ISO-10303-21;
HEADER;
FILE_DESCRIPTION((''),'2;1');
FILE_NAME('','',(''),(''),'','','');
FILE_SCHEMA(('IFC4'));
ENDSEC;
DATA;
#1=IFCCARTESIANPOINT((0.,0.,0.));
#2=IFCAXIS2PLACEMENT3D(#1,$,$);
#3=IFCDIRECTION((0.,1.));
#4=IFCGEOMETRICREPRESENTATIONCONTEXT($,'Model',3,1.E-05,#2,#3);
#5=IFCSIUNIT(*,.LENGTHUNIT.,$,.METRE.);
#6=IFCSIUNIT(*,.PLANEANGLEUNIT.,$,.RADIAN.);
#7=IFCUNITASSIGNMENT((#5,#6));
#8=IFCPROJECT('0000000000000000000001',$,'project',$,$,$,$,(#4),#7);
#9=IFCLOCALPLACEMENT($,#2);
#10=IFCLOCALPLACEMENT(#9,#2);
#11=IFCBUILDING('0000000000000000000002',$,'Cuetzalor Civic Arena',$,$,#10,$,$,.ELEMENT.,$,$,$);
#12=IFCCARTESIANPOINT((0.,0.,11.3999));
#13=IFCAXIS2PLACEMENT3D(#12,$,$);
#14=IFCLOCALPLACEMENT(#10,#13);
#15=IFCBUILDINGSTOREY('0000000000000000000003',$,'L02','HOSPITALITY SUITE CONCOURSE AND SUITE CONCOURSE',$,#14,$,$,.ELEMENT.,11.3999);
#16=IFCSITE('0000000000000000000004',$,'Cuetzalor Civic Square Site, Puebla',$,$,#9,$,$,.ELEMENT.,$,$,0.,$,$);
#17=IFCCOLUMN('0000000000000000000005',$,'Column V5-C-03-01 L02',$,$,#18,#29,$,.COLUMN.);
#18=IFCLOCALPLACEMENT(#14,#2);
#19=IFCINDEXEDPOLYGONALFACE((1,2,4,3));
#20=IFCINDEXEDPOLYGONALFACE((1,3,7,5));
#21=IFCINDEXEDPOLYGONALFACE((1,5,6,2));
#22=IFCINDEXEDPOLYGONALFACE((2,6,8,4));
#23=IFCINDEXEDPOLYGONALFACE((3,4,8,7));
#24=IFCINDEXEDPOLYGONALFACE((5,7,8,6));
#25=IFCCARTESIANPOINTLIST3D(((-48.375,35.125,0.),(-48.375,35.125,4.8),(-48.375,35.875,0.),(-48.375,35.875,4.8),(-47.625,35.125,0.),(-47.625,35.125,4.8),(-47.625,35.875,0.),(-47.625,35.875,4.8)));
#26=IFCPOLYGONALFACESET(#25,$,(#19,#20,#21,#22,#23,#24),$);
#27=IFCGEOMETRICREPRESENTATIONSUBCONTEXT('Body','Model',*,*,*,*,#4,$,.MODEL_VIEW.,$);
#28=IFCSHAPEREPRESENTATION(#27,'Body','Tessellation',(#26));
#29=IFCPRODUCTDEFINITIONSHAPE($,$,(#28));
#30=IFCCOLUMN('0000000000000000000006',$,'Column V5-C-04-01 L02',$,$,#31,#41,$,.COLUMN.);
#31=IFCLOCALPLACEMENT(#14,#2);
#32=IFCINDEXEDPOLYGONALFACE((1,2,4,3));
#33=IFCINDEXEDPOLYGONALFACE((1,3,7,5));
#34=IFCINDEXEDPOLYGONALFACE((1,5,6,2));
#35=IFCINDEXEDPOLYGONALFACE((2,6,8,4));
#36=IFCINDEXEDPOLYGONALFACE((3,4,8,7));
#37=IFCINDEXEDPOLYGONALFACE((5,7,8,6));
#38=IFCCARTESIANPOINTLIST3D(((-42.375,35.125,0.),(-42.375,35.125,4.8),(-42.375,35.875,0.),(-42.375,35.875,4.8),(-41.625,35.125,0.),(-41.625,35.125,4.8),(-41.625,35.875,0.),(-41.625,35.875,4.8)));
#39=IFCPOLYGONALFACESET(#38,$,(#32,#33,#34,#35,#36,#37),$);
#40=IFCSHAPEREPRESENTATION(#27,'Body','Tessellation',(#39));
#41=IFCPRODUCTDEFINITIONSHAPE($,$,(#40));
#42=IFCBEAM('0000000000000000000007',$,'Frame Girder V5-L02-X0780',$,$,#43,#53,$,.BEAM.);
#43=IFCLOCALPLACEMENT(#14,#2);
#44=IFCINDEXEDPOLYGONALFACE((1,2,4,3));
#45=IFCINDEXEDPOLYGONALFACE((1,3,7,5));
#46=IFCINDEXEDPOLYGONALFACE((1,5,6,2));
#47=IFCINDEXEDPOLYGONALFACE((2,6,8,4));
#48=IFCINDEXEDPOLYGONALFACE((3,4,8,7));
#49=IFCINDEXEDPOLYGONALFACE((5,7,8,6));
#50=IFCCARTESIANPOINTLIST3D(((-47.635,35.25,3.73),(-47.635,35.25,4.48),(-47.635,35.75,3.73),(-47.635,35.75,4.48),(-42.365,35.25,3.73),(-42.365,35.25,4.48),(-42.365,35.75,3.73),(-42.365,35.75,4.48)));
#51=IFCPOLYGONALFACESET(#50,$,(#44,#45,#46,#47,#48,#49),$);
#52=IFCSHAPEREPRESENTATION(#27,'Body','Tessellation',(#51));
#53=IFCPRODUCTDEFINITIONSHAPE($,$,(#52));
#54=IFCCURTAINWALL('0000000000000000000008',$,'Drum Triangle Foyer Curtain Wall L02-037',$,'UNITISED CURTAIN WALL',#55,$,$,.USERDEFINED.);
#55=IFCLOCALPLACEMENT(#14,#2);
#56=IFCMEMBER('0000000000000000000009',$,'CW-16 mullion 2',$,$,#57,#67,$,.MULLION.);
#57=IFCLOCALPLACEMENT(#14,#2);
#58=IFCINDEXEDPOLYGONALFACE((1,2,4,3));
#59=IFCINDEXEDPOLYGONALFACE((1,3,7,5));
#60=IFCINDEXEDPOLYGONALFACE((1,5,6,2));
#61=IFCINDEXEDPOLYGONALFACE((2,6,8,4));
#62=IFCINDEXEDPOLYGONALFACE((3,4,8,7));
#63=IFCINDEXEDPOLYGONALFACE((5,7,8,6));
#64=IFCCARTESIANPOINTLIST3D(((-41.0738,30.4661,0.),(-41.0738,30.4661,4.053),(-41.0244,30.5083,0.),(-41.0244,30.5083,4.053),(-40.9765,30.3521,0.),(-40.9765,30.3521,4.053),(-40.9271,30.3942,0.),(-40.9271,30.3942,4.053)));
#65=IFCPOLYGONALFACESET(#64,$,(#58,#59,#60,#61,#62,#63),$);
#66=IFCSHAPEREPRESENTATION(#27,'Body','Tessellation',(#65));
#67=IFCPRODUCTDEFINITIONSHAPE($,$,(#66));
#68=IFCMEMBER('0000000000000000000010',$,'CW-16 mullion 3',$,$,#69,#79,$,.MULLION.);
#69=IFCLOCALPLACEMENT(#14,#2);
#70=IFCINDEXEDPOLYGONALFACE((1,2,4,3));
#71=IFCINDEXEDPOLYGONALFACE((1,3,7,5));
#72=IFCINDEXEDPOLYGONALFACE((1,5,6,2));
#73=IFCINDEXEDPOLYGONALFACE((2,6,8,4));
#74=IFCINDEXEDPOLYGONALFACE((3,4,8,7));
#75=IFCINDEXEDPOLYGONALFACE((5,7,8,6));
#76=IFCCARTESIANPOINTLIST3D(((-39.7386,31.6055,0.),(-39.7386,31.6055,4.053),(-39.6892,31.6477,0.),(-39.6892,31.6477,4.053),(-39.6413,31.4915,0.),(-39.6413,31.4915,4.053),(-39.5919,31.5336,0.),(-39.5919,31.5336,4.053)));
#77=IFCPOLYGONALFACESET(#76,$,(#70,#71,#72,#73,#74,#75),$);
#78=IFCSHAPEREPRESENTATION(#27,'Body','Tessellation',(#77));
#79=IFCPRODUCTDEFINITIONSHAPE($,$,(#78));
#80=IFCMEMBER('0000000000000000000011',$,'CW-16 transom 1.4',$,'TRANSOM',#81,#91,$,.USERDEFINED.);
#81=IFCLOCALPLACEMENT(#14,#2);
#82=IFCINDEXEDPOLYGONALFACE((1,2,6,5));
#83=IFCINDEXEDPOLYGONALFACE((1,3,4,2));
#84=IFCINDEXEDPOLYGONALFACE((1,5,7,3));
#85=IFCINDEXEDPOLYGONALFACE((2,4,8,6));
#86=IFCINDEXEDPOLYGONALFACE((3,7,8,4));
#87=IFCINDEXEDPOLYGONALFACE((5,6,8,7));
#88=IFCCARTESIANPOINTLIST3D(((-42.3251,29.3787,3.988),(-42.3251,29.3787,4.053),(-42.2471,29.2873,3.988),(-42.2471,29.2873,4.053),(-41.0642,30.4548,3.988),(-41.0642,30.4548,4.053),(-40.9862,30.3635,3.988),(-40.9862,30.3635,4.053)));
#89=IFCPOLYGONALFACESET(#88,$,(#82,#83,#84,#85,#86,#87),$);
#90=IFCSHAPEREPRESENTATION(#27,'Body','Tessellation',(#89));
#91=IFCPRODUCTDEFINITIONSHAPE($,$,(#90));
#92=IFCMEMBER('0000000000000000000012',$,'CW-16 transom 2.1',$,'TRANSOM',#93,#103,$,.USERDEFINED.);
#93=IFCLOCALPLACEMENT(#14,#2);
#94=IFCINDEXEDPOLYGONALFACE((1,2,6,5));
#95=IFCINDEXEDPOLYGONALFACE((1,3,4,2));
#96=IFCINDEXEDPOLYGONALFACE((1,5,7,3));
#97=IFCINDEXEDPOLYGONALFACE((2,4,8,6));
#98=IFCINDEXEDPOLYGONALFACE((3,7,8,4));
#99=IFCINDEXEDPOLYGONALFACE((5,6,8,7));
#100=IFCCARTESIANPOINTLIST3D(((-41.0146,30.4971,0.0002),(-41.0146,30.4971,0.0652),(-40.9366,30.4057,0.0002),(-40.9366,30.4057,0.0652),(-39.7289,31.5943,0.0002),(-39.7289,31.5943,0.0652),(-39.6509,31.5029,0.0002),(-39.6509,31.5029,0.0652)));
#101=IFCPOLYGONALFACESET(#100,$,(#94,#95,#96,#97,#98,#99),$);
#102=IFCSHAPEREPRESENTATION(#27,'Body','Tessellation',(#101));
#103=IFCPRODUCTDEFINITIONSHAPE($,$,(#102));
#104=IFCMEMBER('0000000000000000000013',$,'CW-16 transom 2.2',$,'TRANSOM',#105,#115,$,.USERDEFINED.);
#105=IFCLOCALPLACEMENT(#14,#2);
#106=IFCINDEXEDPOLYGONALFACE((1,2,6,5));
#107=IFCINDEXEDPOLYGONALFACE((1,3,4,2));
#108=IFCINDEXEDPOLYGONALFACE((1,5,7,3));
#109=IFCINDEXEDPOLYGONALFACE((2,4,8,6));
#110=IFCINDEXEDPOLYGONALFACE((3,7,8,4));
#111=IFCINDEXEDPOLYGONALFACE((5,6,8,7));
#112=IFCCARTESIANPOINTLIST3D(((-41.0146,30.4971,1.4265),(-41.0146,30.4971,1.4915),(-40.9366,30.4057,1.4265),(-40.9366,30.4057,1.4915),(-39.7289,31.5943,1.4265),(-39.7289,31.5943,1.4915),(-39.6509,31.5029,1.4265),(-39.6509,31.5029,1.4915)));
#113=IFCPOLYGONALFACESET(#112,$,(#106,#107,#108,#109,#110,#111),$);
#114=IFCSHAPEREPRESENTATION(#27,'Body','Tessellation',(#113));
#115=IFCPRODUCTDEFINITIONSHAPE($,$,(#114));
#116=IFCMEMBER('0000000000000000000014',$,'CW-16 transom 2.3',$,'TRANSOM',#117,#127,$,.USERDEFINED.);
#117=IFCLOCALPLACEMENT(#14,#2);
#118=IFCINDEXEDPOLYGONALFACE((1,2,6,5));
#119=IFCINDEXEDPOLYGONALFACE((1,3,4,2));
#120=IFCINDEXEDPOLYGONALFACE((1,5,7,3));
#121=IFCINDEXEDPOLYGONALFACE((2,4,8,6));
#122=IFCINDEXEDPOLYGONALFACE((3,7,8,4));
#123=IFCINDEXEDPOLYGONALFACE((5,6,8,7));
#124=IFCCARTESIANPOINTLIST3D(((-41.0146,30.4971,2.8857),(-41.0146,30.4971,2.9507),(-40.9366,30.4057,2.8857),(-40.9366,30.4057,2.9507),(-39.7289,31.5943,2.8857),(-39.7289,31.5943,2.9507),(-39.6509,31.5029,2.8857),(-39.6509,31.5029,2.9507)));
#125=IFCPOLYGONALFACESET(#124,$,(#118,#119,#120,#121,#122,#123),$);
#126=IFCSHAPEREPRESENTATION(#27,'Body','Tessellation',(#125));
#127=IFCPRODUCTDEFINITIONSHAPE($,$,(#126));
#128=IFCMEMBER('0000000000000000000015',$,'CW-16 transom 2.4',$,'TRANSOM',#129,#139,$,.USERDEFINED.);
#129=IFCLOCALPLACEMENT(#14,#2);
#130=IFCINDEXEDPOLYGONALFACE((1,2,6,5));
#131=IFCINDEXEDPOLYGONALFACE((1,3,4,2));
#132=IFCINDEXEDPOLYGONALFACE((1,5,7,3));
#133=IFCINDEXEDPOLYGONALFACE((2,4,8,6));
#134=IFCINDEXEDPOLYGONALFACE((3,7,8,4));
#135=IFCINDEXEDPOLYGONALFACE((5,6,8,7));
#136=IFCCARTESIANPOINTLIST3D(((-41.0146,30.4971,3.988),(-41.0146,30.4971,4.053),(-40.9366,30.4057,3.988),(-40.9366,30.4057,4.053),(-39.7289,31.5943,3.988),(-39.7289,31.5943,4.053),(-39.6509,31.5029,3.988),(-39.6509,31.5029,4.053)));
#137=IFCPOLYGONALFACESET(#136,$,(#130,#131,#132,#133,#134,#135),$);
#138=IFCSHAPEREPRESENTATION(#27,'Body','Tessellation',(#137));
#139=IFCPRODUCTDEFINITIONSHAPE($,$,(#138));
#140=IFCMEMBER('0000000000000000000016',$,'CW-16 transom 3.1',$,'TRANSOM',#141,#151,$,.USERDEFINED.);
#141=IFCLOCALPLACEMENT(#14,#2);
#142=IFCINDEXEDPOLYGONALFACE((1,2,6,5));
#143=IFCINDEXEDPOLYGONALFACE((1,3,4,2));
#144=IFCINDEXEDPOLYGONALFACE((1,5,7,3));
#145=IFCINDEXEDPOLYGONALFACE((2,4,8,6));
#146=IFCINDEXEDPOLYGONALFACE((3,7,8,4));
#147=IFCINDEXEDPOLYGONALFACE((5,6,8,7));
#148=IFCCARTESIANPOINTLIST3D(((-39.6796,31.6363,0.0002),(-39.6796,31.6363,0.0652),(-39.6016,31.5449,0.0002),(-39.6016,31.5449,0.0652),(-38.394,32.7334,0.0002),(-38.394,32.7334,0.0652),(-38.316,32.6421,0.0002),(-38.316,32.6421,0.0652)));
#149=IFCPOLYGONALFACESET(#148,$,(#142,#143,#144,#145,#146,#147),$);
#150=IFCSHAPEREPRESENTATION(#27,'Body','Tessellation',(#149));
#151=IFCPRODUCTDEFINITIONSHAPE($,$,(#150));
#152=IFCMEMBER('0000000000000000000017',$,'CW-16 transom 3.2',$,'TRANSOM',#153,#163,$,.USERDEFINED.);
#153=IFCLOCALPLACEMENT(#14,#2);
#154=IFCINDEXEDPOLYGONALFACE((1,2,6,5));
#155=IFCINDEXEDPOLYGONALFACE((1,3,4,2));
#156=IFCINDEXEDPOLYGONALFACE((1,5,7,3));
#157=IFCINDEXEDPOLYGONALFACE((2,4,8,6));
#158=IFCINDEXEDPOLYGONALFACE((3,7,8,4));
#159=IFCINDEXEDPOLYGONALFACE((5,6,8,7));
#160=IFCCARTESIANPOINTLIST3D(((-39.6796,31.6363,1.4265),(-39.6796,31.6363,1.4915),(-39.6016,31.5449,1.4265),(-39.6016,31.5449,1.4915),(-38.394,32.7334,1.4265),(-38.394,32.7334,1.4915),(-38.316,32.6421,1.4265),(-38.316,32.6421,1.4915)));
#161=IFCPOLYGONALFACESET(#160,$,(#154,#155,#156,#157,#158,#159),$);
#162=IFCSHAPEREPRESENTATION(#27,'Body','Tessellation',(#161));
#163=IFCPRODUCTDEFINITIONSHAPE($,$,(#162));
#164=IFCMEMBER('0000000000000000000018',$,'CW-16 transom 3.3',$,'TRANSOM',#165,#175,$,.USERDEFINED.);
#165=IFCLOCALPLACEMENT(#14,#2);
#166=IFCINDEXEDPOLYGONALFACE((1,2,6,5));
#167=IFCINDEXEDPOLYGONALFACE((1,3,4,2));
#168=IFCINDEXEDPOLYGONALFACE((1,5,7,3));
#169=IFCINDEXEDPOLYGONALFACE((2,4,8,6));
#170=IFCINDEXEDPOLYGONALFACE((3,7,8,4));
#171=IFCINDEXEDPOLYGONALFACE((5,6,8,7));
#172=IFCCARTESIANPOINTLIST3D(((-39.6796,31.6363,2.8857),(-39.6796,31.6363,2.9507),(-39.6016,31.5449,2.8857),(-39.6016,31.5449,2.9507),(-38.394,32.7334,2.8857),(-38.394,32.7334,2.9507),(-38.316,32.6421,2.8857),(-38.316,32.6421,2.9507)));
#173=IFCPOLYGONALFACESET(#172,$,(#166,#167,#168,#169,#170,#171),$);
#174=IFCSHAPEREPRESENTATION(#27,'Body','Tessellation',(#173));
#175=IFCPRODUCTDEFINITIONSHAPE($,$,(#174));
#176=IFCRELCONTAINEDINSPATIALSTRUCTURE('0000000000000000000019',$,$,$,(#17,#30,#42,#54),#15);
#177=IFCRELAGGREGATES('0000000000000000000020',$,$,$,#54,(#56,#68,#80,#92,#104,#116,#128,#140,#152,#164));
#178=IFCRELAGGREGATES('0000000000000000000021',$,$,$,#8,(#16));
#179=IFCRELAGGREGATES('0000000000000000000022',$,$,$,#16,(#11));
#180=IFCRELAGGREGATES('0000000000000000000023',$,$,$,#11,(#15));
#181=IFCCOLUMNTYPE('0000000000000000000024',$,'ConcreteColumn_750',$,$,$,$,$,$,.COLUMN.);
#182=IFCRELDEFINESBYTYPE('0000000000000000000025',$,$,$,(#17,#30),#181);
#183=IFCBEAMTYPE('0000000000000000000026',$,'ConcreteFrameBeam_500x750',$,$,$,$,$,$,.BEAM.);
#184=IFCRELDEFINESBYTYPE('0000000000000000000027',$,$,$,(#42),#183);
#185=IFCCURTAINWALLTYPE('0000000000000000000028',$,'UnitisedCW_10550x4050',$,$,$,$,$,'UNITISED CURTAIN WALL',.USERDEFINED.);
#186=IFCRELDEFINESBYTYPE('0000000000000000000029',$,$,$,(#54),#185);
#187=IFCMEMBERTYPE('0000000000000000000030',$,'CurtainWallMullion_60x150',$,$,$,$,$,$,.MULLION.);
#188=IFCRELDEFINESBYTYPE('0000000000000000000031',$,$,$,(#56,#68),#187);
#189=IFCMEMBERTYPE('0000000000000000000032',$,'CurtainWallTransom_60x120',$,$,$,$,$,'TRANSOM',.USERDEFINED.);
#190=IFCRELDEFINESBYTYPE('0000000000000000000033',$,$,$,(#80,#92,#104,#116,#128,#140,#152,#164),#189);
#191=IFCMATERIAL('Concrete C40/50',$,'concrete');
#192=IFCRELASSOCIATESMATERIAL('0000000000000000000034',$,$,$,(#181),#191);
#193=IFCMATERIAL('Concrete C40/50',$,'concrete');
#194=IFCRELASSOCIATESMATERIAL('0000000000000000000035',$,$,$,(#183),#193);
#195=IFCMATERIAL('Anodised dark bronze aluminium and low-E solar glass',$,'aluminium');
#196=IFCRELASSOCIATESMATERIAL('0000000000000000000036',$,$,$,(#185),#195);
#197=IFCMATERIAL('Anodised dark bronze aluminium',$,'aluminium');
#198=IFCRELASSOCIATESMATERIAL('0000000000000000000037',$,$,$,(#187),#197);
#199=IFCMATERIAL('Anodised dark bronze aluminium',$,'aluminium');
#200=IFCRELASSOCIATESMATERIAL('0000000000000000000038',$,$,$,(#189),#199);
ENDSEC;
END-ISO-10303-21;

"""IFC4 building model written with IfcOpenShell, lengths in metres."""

from ifc_helpers import new_model, si_unit, direction, frame, origin, origin_2d, place, context, subcontext, project, spatial, rectangle, extrude, material, material_profile, profile_set, type_object, element, aggregate, save


model = new_model("IFC4")

# Units and contexts
model_context = context("Model", 3, precision=1e-05, world=origin(), true_north=direction((0.0, 1.0)))
body_context = subcontext(model_context, "Body", "Model", "MODEL_VIEW")
ifc_project = project(units=[si_unit("LENGTHUNIT", "METRE"), si_unit("PLANEANGLEUNIT", "RADIAN")], contexts=[model_context])

# Site, building, storey
site_placement = place(None, origin())
site = spatial("IfcSite", under=ifc_project, at=site_placement, Name="Cuetzalor Civic Square Site, Puebla", CompositionType="ELEMENT", RefElevation=0.0)
building_placement = place(site_placement, origin())
building = spatial("IfcBuilding", under=site, at=building_placement, Name="Cuetzalor Civic Arena", CompositionType="ELEMENT")
storey_placement = place(building_placement, frame((0.0, 0.0, 11.3999)))
storey = spatial("IfcBuildingStorey", under=building, at=storey_placement, Name="L02", Description="HOSPITALITY SUITE CONCOURSE AND SUITE CONCOURSE", CompositionType="ELEMENT", Elevation=11.3999)

# Columns
ifc_material_1 = material(Name="Concrete C40/50", Category="concrete")
ifc_material_profile_1 = material_profile(ifc_material_1, rectangle(XDim=0.75, YDim=0.75, at=origin_2d()), Name="RC 750x750")
ifc_profile_set_1 = profile_set([ifc_material_profile_1], Name="Concrete C40/50")
column_type = type_object("IfcColumnType", Name="ConcreteColumn_750", PredefinedType="COLUMN", material=ifc_profile_set_1)
for number, where, z_axis, x_axis, name in (
    (1, (-48.0, 35.5, 0.0), (0.0, 0.0, 1.0), (1.0, 0.0, 0.0), "Column V5-C-03-01 L02"),
    (2, (-42.0, 35.5, 0.0), (0.0, 0.0, 1.0), (1.0, 0.0, 0.0), "Column V5-C-04-01 L02"),
):
    element("IfcColumn", number, at=place(storey_placement, frame(where, z_axis=z_axis, x_axis=x_axis)), inside=storey, type_object=column_type, Name=name, PredefinedType="COLUMN", context=body_context, shape_type="SweptSolid", body=[
        extrude(rectangle(XDim=0.75, YDim=0.75, at=origin_2d()), origin(), (0.0, 0.0, 1.0), 4.8),
    ])

# Beam
ifc_material_2 = material(Name="Concrete C40/50", Category="concrete")
ifc_material_profile_2 = material_profile(ifc_material_2, rectangle(XDim=0.5, YDim=0.75, at=origin_2d()), Name="RC 500x750")
ifc_profile_set_2 = profile_set([ifc_material_profile_2], Name="Concrete C40/50")
beam_type_1 = type_object("IfcBeamType", Name="ConcreteFrameBeam_500x750", PredefinedType="BEAM", material=ifc_profile_set_2)
beam_1_placement = place(storey_placement, frame((-47.635, 35.5, 4.105), z_axis=(1.0, 0.0, 0.0), x_axis=(0.0, 1.0, 0.0)))
element("IfcBeam", 3, at=beam_1_placement, inside=storey, type_object=beam_type_1, Name="Frame Girder V5-L02-X0780", PredefinedType="BEAM", context=body_context, shape_type="SweptSolid", body=[
    extrude(rectangle(XDim=0.5, YDim=0.75, at=origin_2d()), origin(), (0.0, 0.0, 1.0), 5.27),
])

# Curtain wall, members
ifc_material_3 = material(Name="Anodised dark bronze aluminium and low-E solar glass", Category="aluminium")
curtain_wall_type = type_object("IfcCurtainWallType", Name="UnitisedCW_10550x4050", ElementType="UNITISED CURTAIN WALL", PredefinedType="USERDEFINED", material=ifc_material_3)
curtain_wall_placement = place(storey_placement, origin())
curtain_wall = element("IfcCurtainWall", 4, at=curtain_wall_placement, inside=storey, type_object=curtain_wall_type, Name="Drum Triangle Foyer Curtain Wall L02-037", ObjectType="UNITISED CURTAIN WALL", PredefinedType="USERDEFINED")
ifc_material_4 = material(Name="Anodised dark bronze aluminium", Category="aluminium")
ifc_material_profile_3 = material_profile(ifc_material_4, rectangle(XDim=0.0649, YDim=0.1499, at=origin_2d()), Name="ALU MULLION 65x150")
ifc_profile_set_3 = profile_set([ifc_material_profile_3], Name="Anodised dark bronze aluminium")
member_type_1 = type_object("IfcMemberType", Name="CurtainWallMullion_60x150", PredefinedType="MULLION", material=ifc_profile_set_3)
member_1_placement = place(storey_placement, frame((-41.0005, 30.4302, 0.0), z_axis=(0.0, 0.0, 1.0), x_axis=(0.760677, 0.64913, 0.0)))
member_1 = element("IfcMember", 5, at=member_1_placement, type_object=member_type_1, Name="CW-16 mullion 2", PredefinedType="MULLION", context=body_context, shape_type="SweptSolid", body=[
    extrude(rectangle(XDim=0.0649, YDim=0.1499, at=origin_2d()), origin(), (0.0, 0.0, 1.0), 4.053),
])
member_2_placement = place(storey_placement, frame((-39.6653, 31.5696, 0.0), z_axis=(0.0, 0.0, 1.0), x_axis=(0.760677, 0.64913, 0.0)))
member_2 = element("IfcMember", 6, at=member_2_placement, type_object=member_type_1, Name="CW-16 mullion 3", PredefinedType="MULLION", context=body_context, shape_type="SweptSolid", body=[
    extrude(rectangle(XDim=0.0649, YDim=0.1499, at=origin_2d()), origin(), (0.0, 0.0, 1.0), 4.053),
])
ifc_material_5 = material(Name="Anodised dark bronze aluminium", Category="aluminium")
ifc_material_profile_4 = material_profile(ifc_material_5, rectangle(XDim=0.1201, YDim=0.0649, at=origin_2d()), Name="ALU TRANSOM 65x120")
ifc_profile_set_4 = profile_set([ifc_material_profile_4], Name="Anodised dark bronze aluminium")
member_type_2 = type_object("IfcMemberType", Name="CurtainWallTransom_60x120", ElementType="TRANSOM", PredefinedType="USERDEFINED", material=ifc_profile_set_4)
member_3_placement = place(storey_placement, frame((-42.2861, 29.333, 4.0205), z_axis=(0.760648, 0.649165, 0.0), x_axis=(-0.649165, 0.760648, 0.0)))
member_3 = element("IfcMember", 7, at=member_3_placement, type_object=member_type_2, Name="CW-16 transom 1.4", ObjectType="TRANSOM", PredefinedType="USERDEFINED", context=body_context, shape_type="SweptSolid", body=[
    extrude(rectangle(XDim=0.1201, YDim=0.0649, at=origin_2d()), origin(), (0.0, 0.0, 1.0), 1.6577),
])
member_4_placement = place(storey_placement, frame((-40.9756, 30.4514, 0.0327), z_axis=(0.760662, 0.649148, 0.0), x_axis=(-0.649148, 0.760662, 0.0)))
member_4 = element("IfcMember", 8, at=member_4_placement, type_object=member_type_2, Name="CW-16 transom 2.1", ObjectType="TRANSOM", PredefinedType="USERDEFINED", context=body_context, shape_type="SweptSolid", body=[
    extrude(rectangle(XDim=0.1201, YDim=0.0649, at=origin_2d()), origin(), (0.0, 0.0, 1.0), 1.6902),
])
member_5_placement = place(storey_placement, frame((-40.9756, 30.4514, 1.459), z_axis=(0.760662, 0.649148, 0.0), x_axis=(-0.649148, 0.760662, 0.0)))
member_5 = element("IfcMember", 9, at=member_5_placement, type_object=member_type_2, Name="CW-16 transom 2.2", ObjectType="TRANSOM", PredefinedType="USERDEFINED", context=body_context, shape_type="SweptSolid", body=[
    extrude(rectangle(XDim=0.1201, YDim=0.0649, at=origin_2d()), origin(), (0.0, 0.0, 1.0), 1.6902),
])
member_6_placement = place(storey_placement, frame((-40.9756, 30.4514, 2.9182), z_axis=(0.760662, 0.649148, 0.0), x_axis=(-0.649148, 0.760662, 0.0)))
member_6 = element("IfcMember", 10, at=member_6_placement, type_object=member_type_2, Name="CW-16 transom 2.3", ObjectType="TRANSOM", PredefinedType="USERDEFINED", context=body_context, shape_type="SweptSolid", body=[
    extrude(rectangle(XDim=0.1201, YDim=0.0649, at=origin_2d()), origin(), (0.0, 0.0, 1.0), 1.6902),
])
member_7_placement = place(storey_placement, frame((-40.9756, 30.4514, 4.0205), z_axis=(0.760662, 0.649148, 0.0), x_axis=(-0.649148, 0.760662, 0.0)))
member_7 = element("IfcMember", 11, at=member_7_placement, type_object=member_type_2, Name="CW-16 transom 2.4", ObjectType="TRANSOM", PredefinedType="USERDEFINED", context=body_context, shape_type="SweptSolid", body=[
    extrude(rectangle(XDim=0.1201, YDim=0.0649, at=origin_2d()), origin(), (0.0, 0.0, 1.0), 1.6902),
])
member_8_placement = place(storey_placement, frame((-39.6406, 31.5906, 0.0327), z_axis=(0.760662, 0.649148, 0.0), x_axis=(-0.649148, 0.760662, 0.0)))
member_8 = element("IfcMember", 12, at=member_8_placement, type_object=member_type_2, Name="CW-16 transom 3.1", ObjectType="TRANSOM", PredefinedType="USERDEFINED", context=body_context, shape_type="SweptSolid", body=[
    extrude(rectangle(XDim=0.1201, YDim=0.0649, at=origin_2d()), origin(), (0.0, 0.0, 1.0), 1.6902),
])
member_9_placement = place(storey_placement, frame((-39.6406, 31.5906, 1.459), z_axis=(0.760662, 0.649148, 0.0), x_axis=(-0.649148, 0.760662, 0.0)))
member_9 = element("IfcMember", 13, at=member_9_placement, type_object=member_type_2, Name="CW-16 transom 3.2", ObjectType="TRANSOM", PredefinedType="USERDEFINED", context=body_context, shape_type="SweptSolid", body=[
    extrude(rectangle(XDim=0.1201, YDim=0.0649, at=origin_2d()), origin(), (0.0, 0.0, 1.0), 1.6902),
])
member_10_placement = place(storey_placement, frame((-39.6406, 31.5906, 2.9182), z_axis=(0.760662, 0.649148, 0.0), x_axis=(-0.649148, 0.760662, 0.0)))
member_10 = element("IfcMember", 14, at=member_10_placement, type_object=member_type_2, Name="CW-16 transom 3.3", ObjectType="TRANSOM", PredefinedType="USERDEFINED", context=body_context, shape_type="SweptSolid", body=[
    extrude(rectangle(XDim=0.1201, YDim=0.0649, at=origin_2d()), origin(), (0.0, 0.0, 1.0), 1.6902),
])

aggregate(curtain_wall, [member_1, member_2, member_3, member_4, member_5, member_6, member_7, member_8, member_9, member_10])

save(model, "model.ifc")
